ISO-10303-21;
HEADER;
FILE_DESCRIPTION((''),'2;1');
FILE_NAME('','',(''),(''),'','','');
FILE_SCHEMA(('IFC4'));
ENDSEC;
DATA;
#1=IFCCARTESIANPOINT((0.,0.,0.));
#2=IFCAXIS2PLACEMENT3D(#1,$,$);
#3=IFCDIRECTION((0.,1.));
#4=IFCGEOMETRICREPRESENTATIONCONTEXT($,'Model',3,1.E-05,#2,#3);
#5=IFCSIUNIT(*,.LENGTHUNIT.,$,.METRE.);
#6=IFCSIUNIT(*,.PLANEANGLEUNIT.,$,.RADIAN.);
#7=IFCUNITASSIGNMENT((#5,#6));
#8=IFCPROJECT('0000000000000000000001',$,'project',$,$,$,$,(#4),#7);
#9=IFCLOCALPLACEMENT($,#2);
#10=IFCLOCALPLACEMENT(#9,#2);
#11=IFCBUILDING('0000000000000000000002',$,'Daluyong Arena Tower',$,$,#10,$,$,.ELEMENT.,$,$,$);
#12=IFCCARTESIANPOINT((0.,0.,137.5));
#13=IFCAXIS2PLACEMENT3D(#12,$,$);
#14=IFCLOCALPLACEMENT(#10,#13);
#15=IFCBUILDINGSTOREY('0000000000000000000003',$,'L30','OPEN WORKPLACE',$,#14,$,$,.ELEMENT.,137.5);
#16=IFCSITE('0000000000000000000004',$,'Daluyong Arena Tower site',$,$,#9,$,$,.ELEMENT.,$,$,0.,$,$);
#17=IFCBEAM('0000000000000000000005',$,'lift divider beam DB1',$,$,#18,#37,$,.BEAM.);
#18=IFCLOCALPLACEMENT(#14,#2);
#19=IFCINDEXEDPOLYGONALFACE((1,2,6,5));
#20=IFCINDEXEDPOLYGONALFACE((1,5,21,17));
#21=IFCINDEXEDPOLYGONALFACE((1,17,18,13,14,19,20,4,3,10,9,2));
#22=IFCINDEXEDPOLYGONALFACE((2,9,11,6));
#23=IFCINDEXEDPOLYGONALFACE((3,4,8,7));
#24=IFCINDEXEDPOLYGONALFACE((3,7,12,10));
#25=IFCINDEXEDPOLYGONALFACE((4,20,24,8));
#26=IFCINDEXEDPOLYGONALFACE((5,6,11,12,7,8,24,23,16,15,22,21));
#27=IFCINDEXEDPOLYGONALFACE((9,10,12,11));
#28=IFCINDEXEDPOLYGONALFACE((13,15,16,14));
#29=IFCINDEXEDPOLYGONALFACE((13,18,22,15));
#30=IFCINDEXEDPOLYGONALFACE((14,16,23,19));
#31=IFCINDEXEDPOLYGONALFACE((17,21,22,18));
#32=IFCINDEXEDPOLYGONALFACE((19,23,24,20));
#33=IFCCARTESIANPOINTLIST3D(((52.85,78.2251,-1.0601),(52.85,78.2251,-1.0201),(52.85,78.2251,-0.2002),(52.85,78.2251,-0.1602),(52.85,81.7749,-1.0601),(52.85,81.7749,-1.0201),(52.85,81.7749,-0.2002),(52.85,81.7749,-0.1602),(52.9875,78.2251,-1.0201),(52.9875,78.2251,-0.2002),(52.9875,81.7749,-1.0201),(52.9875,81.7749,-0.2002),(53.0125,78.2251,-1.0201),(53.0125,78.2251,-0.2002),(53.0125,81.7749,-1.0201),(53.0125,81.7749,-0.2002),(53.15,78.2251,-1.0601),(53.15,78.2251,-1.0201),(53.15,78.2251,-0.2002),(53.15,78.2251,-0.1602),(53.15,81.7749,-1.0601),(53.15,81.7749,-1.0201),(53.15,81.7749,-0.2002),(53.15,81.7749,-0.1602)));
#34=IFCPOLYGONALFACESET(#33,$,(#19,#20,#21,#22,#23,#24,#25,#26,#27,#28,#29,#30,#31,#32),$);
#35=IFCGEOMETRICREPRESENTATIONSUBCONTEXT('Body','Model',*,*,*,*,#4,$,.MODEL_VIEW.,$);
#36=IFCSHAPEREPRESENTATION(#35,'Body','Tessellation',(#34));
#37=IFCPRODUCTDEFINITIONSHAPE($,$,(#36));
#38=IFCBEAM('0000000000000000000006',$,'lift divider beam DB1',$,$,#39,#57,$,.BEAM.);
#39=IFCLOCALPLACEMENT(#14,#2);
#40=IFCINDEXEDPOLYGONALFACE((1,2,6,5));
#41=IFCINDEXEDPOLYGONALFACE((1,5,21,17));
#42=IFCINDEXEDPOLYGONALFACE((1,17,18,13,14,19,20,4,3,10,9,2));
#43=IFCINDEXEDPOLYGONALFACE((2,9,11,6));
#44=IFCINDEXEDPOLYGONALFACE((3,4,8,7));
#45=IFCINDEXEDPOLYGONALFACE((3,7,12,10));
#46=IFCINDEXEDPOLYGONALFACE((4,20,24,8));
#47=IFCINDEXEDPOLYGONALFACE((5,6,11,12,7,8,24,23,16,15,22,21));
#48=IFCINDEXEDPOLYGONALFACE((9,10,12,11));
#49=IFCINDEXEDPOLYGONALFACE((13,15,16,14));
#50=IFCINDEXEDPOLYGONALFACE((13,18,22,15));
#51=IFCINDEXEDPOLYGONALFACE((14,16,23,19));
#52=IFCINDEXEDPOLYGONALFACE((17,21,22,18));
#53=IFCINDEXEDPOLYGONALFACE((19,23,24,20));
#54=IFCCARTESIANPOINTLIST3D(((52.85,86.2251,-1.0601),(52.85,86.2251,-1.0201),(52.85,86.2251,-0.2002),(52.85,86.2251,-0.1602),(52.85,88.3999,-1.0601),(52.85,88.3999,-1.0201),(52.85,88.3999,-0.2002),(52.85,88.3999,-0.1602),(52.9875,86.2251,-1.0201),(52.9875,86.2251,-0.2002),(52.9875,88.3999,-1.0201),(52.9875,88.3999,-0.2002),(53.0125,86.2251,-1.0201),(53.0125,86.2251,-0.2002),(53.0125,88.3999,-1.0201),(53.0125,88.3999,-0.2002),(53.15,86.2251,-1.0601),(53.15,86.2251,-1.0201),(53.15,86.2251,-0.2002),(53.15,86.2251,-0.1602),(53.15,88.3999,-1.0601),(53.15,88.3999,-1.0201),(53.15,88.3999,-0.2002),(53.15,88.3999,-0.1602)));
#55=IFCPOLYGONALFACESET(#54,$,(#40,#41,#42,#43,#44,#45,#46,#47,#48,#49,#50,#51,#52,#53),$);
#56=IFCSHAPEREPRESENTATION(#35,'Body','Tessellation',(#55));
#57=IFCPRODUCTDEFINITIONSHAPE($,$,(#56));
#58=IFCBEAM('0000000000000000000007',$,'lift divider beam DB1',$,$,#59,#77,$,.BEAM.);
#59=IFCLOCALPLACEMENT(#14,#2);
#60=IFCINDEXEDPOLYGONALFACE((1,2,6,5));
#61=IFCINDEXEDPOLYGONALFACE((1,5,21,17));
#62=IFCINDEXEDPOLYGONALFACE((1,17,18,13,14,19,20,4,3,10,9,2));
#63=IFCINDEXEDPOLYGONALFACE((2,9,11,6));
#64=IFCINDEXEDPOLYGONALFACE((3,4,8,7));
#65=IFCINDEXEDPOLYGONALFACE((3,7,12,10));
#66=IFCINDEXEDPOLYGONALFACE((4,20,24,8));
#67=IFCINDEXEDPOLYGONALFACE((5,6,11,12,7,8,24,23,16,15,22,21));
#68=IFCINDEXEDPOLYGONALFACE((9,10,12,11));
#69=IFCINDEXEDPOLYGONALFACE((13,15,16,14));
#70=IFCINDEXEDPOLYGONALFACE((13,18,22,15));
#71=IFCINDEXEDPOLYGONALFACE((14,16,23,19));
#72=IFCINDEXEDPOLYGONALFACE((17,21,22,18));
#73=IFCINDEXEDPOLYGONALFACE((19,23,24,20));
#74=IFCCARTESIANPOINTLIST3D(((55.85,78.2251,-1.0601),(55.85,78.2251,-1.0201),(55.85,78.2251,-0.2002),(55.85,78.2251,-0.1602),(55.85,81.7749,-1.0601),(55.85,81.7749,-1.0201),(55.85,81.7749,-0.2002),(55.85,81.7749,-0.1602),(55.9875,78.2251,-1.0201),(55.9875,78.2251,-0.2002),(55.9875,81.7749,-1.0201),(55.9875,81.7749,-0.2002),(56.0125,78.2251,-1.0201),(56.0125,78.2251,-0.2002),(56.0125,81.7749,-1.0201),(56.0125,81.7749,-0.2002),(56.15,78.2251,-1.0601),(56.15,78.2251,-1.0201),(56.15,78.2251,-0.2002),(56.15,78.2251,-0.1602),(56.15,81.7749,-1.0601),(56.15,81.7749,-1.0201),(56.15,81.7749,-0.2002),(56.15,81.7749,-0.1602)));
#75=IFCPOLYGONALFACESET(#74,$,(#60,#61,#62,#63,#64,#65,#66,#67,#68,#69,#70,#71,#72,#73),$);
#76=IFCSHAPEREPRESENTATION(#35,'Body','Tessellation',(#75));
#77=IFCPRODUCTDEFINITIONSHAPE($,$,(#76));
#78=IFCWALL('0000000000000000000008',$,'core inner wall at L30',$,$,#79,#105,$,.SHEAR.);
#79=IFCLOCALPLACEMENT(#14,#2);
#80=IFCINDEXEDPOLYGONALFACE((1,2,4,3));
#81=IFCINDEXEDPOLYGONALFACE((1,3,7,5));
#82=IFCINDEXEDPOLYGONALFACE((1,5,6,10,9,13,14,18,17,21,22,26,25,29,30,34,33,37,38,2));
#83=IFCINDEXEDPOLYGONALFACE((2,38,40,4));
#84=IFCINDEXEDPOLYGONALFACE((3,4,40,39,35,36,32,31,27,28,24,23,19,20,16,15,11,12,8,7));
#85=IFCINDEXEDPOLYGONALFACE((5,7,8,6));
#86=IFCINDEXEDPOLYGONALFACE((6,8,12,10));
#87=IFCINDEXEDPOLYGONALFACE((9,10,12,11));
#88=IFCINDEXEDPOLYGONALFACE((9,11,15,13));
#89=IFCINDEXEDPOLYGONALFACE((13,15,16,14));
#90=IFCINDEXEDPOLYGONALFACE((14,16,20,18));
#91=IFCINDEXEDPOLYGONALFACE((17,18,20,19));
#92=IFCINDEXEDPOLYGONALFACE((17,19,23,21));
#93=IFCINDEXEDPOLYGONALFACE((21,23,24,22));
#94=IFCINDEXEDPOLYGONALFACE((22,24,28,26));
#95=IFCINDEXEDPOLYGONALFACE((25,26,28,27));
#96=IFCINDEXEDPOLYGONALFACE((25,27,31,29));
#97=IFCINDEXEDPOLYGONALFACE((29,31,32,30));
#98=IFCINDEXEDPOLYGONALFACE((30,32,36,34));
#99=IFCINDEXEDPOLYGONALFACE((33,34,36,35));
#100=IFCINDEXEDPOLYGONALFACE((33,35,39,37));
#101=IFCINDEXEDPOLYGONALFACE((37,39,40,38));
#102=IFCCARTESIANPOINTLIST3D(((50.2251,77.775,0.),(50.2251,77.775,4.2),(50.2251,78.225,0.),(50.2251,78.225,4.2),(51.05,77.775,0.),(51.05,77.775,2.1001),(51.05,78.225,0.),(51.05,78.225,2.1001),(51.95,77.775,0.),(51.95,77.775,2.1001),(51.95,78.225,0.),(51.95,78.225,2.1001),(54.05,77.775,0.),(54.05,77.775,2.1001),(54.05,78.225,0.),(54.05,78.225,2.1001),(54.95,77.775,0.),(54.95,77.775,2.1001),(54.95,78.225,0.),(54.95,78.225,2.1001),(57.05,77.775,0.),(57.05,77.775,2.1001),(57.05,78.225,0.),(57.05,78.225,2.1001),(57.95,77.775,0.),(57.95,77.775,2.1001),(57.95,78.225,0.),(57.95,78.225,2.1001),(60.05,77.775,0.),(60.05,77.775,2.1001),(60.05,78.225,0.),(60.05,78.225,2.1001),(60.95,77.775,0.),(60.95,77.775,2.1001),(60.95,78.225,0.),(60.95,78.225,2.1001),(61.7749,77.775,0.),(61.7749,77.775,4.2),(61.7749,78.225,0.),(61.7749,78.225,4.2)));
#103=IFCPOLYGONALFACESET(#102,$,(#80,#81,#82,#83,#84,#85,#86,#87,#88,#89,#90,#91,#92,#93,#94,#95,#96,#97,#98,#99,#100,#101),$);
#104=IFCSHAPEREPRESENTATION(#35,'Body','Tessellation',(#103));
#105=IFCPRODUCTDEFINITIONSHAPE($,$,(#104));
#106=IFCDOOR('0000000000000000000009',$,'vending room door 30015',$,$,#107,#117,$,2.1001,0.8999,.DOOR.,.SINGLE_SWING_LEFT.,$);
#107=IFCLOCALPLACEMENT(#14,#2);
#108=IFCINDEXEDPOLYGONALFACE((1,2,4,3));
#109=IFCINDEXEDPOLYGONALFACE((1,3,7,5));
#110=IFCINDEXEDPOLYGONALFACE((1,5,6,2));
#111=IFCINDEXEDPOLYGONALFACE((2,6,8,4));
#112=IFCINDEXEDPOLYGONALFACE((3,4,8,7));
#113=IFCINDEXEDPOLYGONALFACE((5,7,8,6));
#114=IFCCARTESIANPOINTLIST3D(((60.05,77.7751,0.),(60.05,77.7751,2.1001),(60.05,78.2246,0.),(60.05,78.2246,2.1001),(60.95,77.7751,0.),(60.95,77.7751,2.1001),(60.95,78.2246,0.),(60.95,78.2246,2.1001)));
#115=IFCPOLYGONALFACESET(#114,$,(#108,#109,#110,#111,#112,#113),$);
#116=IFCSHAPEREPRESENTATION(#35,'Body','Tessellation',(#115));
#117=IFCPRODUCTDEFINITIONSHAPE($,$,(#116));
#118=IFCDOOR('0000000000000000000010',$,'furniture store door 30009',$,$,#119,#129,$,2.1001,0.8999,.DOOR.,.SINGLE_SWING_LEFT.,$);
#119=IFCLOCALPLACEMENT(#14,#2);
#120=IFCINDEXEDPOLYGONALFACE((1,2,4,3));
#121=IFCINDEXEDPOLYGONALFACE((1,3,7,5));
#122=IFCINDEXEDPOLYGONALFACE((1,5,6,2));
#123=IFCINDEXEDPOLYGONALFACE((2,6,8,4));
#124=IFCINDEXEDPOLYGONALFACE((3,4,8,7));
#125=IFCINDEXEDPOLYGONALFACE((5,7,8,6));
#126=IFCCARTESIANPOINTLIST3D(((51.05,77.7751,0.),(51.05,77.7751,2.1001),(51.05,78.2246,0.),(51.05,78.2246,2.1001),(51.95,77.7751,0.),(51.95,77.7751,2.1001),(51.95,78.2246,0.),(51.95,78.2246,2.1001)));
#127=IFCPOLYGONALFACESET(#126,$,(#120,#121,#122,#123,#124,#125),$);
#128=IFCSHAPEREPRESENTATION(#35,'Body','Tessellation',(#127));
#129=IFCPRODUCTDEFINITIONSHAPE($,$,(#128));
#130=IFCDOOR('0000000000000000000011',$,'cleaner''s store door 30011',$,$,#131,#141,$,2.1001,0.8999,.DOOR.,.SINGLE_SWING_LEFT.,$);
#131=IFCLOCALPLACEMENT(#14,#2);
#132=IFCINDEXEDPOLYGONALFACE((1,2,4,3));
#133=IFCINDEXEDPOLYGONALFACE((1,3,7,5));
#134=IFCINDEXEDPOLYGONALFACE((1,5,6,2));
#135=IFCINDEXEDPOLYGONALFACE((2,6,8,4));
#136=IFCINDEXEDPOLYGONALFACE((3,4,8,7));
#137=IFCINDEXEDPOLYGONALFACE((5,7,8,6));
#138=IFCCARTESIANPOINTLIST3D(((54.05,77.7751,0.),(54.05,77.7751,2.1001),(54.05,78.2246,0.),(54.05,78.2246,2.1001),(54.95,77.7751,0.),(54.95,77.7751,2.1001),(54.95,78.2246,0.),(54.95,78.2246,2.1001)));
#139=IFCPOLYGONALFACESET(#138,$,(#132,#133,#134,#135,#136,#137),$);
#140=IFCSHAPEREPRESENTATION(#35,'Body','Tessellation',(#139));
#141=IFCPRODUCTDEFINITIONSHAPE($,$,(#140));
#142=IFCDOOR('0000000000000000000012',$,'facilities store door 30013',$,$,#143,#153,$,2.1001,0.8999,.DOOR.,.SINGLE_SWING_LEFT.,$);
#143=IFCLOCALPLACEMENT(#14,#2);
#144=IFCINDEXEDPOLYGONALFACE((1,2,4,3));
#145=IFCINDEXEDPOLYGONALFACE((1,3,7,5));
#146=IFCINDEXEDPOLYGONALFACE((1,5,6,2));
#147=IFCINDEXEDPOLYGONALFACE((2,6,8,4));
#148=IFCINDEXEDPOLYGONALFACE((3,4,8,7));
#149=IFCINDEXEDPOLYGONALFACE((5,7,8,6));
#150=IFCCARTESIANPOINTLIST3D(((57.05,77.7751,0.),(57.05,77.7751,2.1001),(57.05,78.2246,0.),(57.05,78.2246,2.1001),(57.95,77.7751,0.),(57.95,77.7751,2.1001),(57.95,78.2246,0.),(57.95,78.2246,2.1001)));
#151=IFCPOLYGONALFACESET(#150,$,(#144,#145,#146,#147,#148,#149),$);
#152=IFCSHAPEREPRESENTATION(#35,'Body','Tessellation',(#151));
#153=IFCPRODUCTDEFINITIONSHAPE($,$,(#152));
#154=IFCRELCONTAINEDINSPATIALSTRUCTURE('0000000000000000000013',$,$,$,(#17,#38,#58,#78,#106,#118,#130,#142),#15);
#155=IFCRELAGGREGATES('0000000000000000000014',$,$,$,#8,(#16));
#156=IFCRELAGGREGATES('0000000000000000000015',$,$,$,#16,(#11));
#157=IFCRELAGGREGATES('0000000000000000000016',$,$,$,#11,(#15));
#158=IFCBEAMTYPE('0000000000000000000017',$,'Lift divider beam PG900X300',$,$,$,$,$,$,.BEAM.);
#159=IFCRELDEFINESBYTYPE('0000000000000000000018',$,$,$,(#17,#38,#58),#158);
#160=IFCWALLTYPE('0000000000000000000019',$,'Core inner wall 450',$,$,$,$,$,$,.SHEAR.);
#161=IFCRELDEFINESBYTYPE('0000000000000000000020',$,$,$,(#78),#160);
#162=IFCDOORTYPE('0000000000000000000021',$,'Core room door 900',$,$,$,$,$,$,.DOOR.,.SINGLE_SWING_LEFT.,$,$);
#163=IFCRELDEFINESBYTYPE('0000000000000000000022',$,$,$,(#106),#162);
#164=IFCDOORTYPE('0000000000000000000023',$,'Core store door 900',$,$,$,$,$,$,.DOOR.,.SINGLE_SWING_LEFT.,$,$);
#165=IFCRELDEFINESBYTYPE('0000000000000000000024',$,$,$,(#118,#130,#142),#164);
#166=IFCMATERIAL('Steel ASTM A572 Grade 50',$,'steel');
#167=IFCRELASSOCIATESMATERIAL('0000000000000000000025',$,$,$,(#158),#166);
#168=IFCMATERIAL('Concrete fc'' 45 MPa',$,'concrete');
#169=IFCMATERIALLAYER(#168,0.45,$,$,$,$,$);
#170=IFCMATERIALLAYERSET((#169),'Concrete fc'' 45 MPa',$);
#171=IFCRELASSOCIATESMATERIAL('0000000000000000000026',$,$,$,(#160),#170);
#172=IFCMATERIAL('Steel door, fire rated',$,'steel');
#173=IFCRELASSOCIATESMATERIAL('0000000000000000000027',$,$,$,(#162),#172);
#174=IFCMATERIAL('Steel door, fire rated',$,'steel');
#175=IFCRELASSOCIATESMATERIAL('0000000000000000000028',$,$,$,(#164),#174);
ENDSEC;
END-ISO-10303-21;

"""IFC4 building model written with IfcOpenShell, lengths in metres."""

from ifc_helpers import new_model, si_unit, direction, frame, frame_2d, origin, origin_2d, place, context, subcontext, project, spatial, rectangle, i_section, extrude, material, layer, layer_set, material_profile, profile_set, type_object, element, fill, save


model = new_model("IFC4")

# Units and contexts
model_context = context("Model", 3, precision=1e-05, world=origin(), true_north=direction((0.0, 1.0)))
body_context = subcontext(model_context, "Body", "Model", "MODEL_VIEW")
ifc_project = project(units=[si_unit("LENGTHUNIT", "METRE"), si_unit("PLANEANGLEUNIT", "RADIAN")], contexts=[model_context])

# Site, building, storey
site_placement = place(None, origin())
site = spatial("IfcSite", under=ifc_project, at=site_placement, Name="Daluyong Arena Tower site", CompositionType="ELEMENT", RefElevation=0.0)
building_placement = place(site_placement, origin())
building = spatial("IfcBuilding", under=site, at=building_placement, Name="Daluyong Arena Tower", CompositionType="ELEMENT")
storey_placement = place(building_placement, frame((0.0, 0.0, 137.5)))
storey = spatial("IfcBuildingStorey", under=building, at=storey_placement, Name="L30", Description="OPEN WORKPLACE", CompositionType="ELEMENT", Elevation=137.5)

# Beams
ifc_material_1 = material(Name="Steel ASTM A572 Grade 50", Category="steel")
ifc_material_profile = material_profile(ifc_material_1, i_section(OverallWidth=0.3, OverallDepth=0.8999, WebThickness=0.025, FlangeThickness=0.04, at=origin_2d()))
ifc_profile_set = profile_set([ifc_material_profile], Name="Steel ASTM A572 Grade 50")
beam_type = type_object("IfcBeamType", Name="Lift divider beam PG900X300", PredefinedType="BEAM", material=ifc_profile_set)
beam_1_placement = place(storey_placement, frame((53.0, 78.2251, -0.6101), z_axis=(0.0, 1.0, 0.0), x_axis=(-1.0, 0.0, 0.0)))
element("IfcBeam", 1, at=beam_1_placement, inside=storey, type_object=beam_type, Name="lift divider beam DB1", PredefinedType="BEAM", context=body_context, shape_type="SweptSolid", body=[
    extrude(i_section(OverallWidth=0.3, OverallDepth=0.8999, WebThickness=0.025, FlangeThickness=0.04, at=origin_2d()), origin(), (0.0, 0.0, 1.0), 3.5498),
])
beam_2_placement = place(storey_placement, frame((53.0, 86.2251, -0.6101), z_axis=(0.0, 1.0, 0.0), x_axis=(-1.0, 0.0, 0.0)))
element("IfcBeam", 2, at=beam_2_placement, inside=storey, type_object=beam_type, Name="lift divider beam DB1", PredefinedType="BEAM", context=body_context, shape_type="SweptSolid", body=[
    extrude(i_section(OverallWidth=0.3, OverallDepth=0.8999, WebThickness=0.025, FlangeThickness=0.04, at=origin_2d()), origin(), (0.0, 0.0, 1.0), 2.1748),
])
beam_3_placement = place(storey_placement, frame((56.0, 78.2251, -0.6101), z_axis=(0.0, 1.0, 0.0), x_axis=(-1.0, 0.0, 0.0)))
element("IfcBeam", 3, at=beam_3_placement, inside=storey, type_object=beam_type, Name="lift divider beam DB1", PredefinedType="BEAM", context=body_context, shape_type="SweptSolid", body=[
    extrude(i_section(OverallWidth=0.3, OverallDepth=0.8999, WebThickness=0.025, FlangeThickness=0.04, at=origin_2d()), origin(), (0.0, 0.0, 1.0), 3.5498),
])

# Wall, openings, doors
ifc_material_2 = material(Name="Concrete fc' 45 MPa", Category="concrete")
ifc_layer_1 = layer(ifc_material_2, 0.45)
ifc_layer_set_1 = layer_set([ifc_layer_1], Name="Concrete fc' 45 MPa")
wall_type_1 = type_object("IfcWallType", Name="Core inner wall 450", PredefinedType="SHEAR", material=ifc_layer_set_1)
wall_1_placement = place(storey_placement, frame((50.2251, 78.0, 0.0), z_axis=(0.0, 0.0, 1.0), x_axis=(1.0, 0.0, 0.0)))
wall_1 = element("IfcWall", 4, at=wall_1_placement, inside=storey, type_object=wall_type_1, Name="core inner wall at L30", PredefinedType="SHEAR", context=body_context, shape_type="SweptSolid", body=[
    extrude(rectangle(XDim=11.5498, YDim=0.45, at=frame_2d((5.7749, 0.0))), origin(), (0.0, 0.0, 1.0), 4.2),
])
opening_1_placement = place(wall_1_placement, frame((0.825, 0.0, 0.0)))
opening_1 = element("IfcOpeningElement", 5, at=opening_1_placement, cuts=wall_1, PredefinedType="OPENING", context=body_context, shape_type="SweptSolid", body=[
    extrude(rectangle(XDim=0.8999, YDim=2.1001, at=frame_2d((0.45, 1.05))), frame((0.0, 0.2349, 0.0), z_axis=(0.0, -1.0, 0.0), x_axis=(1.0, 0.0, 0.0)), (0.0, 0.0, 1.0), 0.47),
])
opening_2_placement = place(wall_1_placement, frame((3.825, 0.0, 0.0)))
opening_2 = element("IfcOpeningElement", 6, at=opening_2_placement, cuts=wall_1, PredefinedType="OPENING", context=body_context, shape_type="SweptSolid", body=[
    extrude(rectangle(XDim=0.8999, YDim=2.1001, at=frame_2d((0.45, 1.05))), frame((0.0, 0.2349, 0.0), z_axis=(0.0, -1.0, 0.0), x_axis=(1.0, 0.0, 0.0)), (0.0, 0.0, 1.0), 0.47),
])
opening_3_placement = place(wall_1_placement, frame((6.825, 0.0, 0.0)))
opening_3 = element("IfcOpeningElement", 7, at=opening_3_placement, cuts=wall_1, PredefinedType="OPENING", context=body_context, shape_type="SweptSolid", body=[
    extrude(rectangle(XDim=0.8999, YDim=2.1001, at=frame_2d((0.45, 1.05))), frame((0.0, 0.2349, 0.0), z_axis=(0.0, -1.0, 0.0), x_axis=(1.0, 0.0, 0.0)), (0.0, 0.0, 1.0), 0.47),
])
opening_4_placement = place(wall_1_placement, frame((9.825, 0.0, 0.0)))
opening_4 = element("IfcOpeningElement", 8, at=opening_4_placement, cuts=wall_1, PredefinedType="OPENING", context=body_context, shape_type="SweptSolid", body=[
    extrude(rectangle(XDim=0.8999, YDim=2.1001, at=frame_2d((0.45, 1.05))), frame((0.0, 0.2349, 0.0), z_axis=(0.0, -1.0, 0.0), x_axis=(1.0, 0.0, 0.0)), (0.0, 0.0, 1.0), 0.47),
])
ifc_material_3 = material(Name="Steel door, fire rated", Category="steel")
door_type_1 = type_object("IfcDoorType", Name="Core room door 900", OperationType="SINGLE_SWING_LEFT", PredefinedType="DOOR", material=ifc_material_3)
door_1_placement = place(opening_4_placement, origin())
door_1 = element("IfcDoor", 9, at=door_1_placement, inside=storey, type_object=door_type_1, Name="vending room door 30015", OperationType="SINGLE_SWING_LEFT", OverallHeight=2.1001, OverallWidth=0.8999, PredefinedType="DOOR", context=body_context, shape_type="SweptSolid", body=[
    extrude(rectangle(XDim=0.8999, YDim=2.1001, at=frame_2d((0.45, 1.05))), frame((0.0, 0.2246, 0.0), z_axis=(0.0, -1.0, 0.0), x_axis=(1.0, 0.0, 0.0)), (0.0, 0.0, 1.0), 0.4495),
])
fill(opening_4, door_1)
ifc_material_4 = material(Name="Steel door, fire rated", Category="steel")
door_type_2 = type_object("IfcDoorType", Name="Core store door 900", OperationType="SINGLE_SWING_LEFT", PredefinedType="DOOR", material=ifc_material_4)
door_2_placement = place(opening_1_placement, origin())
door_2 = element("IfcDoor", 10, at=door_2_placement, inside=storey, type_object=door_type_2, Name="furniture store door 30009", OperationType="SINGLE_SWING_LEFT", OverallHeight=2.1001, OverallWidth=0.8999, PredefinedType="DOOR", context=body_context, shape_type="SweptSolid", body=[
    extrude(rectangle(XDim=0.8999, YDim=2.1001, at=frame_2d((0.45, 1.05))), frame((0.0, 0.2246, 0.0), z_axis=(0.0, -1.0, 0.0), x_axis=(1.0, 0.0, 0.0)), (0.0, 0.0, 1.0), 0.4495),
])
fill(opening_1, door_2)
door_3_placement = place(opening_2_placement, origin())
door_3 = element("IfcDoor", 11, at=door_3_placement, inside=storey, type_object=door_type_2, Name="cleaner's store door 30011", OperationType="SINGLE_SWING_LEFT", OverallHeight=2.1001, OverallWidth=0.8999, PredefinedType="DOOR", context=body_context, shape_type="SweptSolid", body=[
    extrude(rectangle(XDim=0.8999, YDim=2.1001, at=frame_2d((0.45, 1.05))), frame((0.0, 0.2246, 0.0), z_axis=(0.0, -1.0, 0.0), x_axis=(1.0, 0.0, 0.0)), (0.0, 0.0, 1.0), 0.4495),
])
fill(opening_2, door_3)
door_4_placement = place(opening_3_placement, origin())
door_4 = element("IfcDoor", 12, at=door_4_placement, inside=storey, type_object=door_type_2, Name="facilities store door 30013", OperationType="SINGLE_SWING_LEFT", OverallHeight=2.1001, OverallWidth=0.8999, PredefinedType="DOOR", context=body_context, shape_type="SweptSolid", body=[
    extrude(rectangle(XDim=0.8999, YDim=2.1001, at=frame_2d((0.45, 1.05))), frame((0.0, 0.2246, 0.0), z_axis=(0.0, -1.0, 0.0), x_axis=(1.0, 0.0, 0.0)), (0.0, 0.0, 1.0), 0.4495),
])
fill(opening_3, door_4)

save(model, "model.ifc")
